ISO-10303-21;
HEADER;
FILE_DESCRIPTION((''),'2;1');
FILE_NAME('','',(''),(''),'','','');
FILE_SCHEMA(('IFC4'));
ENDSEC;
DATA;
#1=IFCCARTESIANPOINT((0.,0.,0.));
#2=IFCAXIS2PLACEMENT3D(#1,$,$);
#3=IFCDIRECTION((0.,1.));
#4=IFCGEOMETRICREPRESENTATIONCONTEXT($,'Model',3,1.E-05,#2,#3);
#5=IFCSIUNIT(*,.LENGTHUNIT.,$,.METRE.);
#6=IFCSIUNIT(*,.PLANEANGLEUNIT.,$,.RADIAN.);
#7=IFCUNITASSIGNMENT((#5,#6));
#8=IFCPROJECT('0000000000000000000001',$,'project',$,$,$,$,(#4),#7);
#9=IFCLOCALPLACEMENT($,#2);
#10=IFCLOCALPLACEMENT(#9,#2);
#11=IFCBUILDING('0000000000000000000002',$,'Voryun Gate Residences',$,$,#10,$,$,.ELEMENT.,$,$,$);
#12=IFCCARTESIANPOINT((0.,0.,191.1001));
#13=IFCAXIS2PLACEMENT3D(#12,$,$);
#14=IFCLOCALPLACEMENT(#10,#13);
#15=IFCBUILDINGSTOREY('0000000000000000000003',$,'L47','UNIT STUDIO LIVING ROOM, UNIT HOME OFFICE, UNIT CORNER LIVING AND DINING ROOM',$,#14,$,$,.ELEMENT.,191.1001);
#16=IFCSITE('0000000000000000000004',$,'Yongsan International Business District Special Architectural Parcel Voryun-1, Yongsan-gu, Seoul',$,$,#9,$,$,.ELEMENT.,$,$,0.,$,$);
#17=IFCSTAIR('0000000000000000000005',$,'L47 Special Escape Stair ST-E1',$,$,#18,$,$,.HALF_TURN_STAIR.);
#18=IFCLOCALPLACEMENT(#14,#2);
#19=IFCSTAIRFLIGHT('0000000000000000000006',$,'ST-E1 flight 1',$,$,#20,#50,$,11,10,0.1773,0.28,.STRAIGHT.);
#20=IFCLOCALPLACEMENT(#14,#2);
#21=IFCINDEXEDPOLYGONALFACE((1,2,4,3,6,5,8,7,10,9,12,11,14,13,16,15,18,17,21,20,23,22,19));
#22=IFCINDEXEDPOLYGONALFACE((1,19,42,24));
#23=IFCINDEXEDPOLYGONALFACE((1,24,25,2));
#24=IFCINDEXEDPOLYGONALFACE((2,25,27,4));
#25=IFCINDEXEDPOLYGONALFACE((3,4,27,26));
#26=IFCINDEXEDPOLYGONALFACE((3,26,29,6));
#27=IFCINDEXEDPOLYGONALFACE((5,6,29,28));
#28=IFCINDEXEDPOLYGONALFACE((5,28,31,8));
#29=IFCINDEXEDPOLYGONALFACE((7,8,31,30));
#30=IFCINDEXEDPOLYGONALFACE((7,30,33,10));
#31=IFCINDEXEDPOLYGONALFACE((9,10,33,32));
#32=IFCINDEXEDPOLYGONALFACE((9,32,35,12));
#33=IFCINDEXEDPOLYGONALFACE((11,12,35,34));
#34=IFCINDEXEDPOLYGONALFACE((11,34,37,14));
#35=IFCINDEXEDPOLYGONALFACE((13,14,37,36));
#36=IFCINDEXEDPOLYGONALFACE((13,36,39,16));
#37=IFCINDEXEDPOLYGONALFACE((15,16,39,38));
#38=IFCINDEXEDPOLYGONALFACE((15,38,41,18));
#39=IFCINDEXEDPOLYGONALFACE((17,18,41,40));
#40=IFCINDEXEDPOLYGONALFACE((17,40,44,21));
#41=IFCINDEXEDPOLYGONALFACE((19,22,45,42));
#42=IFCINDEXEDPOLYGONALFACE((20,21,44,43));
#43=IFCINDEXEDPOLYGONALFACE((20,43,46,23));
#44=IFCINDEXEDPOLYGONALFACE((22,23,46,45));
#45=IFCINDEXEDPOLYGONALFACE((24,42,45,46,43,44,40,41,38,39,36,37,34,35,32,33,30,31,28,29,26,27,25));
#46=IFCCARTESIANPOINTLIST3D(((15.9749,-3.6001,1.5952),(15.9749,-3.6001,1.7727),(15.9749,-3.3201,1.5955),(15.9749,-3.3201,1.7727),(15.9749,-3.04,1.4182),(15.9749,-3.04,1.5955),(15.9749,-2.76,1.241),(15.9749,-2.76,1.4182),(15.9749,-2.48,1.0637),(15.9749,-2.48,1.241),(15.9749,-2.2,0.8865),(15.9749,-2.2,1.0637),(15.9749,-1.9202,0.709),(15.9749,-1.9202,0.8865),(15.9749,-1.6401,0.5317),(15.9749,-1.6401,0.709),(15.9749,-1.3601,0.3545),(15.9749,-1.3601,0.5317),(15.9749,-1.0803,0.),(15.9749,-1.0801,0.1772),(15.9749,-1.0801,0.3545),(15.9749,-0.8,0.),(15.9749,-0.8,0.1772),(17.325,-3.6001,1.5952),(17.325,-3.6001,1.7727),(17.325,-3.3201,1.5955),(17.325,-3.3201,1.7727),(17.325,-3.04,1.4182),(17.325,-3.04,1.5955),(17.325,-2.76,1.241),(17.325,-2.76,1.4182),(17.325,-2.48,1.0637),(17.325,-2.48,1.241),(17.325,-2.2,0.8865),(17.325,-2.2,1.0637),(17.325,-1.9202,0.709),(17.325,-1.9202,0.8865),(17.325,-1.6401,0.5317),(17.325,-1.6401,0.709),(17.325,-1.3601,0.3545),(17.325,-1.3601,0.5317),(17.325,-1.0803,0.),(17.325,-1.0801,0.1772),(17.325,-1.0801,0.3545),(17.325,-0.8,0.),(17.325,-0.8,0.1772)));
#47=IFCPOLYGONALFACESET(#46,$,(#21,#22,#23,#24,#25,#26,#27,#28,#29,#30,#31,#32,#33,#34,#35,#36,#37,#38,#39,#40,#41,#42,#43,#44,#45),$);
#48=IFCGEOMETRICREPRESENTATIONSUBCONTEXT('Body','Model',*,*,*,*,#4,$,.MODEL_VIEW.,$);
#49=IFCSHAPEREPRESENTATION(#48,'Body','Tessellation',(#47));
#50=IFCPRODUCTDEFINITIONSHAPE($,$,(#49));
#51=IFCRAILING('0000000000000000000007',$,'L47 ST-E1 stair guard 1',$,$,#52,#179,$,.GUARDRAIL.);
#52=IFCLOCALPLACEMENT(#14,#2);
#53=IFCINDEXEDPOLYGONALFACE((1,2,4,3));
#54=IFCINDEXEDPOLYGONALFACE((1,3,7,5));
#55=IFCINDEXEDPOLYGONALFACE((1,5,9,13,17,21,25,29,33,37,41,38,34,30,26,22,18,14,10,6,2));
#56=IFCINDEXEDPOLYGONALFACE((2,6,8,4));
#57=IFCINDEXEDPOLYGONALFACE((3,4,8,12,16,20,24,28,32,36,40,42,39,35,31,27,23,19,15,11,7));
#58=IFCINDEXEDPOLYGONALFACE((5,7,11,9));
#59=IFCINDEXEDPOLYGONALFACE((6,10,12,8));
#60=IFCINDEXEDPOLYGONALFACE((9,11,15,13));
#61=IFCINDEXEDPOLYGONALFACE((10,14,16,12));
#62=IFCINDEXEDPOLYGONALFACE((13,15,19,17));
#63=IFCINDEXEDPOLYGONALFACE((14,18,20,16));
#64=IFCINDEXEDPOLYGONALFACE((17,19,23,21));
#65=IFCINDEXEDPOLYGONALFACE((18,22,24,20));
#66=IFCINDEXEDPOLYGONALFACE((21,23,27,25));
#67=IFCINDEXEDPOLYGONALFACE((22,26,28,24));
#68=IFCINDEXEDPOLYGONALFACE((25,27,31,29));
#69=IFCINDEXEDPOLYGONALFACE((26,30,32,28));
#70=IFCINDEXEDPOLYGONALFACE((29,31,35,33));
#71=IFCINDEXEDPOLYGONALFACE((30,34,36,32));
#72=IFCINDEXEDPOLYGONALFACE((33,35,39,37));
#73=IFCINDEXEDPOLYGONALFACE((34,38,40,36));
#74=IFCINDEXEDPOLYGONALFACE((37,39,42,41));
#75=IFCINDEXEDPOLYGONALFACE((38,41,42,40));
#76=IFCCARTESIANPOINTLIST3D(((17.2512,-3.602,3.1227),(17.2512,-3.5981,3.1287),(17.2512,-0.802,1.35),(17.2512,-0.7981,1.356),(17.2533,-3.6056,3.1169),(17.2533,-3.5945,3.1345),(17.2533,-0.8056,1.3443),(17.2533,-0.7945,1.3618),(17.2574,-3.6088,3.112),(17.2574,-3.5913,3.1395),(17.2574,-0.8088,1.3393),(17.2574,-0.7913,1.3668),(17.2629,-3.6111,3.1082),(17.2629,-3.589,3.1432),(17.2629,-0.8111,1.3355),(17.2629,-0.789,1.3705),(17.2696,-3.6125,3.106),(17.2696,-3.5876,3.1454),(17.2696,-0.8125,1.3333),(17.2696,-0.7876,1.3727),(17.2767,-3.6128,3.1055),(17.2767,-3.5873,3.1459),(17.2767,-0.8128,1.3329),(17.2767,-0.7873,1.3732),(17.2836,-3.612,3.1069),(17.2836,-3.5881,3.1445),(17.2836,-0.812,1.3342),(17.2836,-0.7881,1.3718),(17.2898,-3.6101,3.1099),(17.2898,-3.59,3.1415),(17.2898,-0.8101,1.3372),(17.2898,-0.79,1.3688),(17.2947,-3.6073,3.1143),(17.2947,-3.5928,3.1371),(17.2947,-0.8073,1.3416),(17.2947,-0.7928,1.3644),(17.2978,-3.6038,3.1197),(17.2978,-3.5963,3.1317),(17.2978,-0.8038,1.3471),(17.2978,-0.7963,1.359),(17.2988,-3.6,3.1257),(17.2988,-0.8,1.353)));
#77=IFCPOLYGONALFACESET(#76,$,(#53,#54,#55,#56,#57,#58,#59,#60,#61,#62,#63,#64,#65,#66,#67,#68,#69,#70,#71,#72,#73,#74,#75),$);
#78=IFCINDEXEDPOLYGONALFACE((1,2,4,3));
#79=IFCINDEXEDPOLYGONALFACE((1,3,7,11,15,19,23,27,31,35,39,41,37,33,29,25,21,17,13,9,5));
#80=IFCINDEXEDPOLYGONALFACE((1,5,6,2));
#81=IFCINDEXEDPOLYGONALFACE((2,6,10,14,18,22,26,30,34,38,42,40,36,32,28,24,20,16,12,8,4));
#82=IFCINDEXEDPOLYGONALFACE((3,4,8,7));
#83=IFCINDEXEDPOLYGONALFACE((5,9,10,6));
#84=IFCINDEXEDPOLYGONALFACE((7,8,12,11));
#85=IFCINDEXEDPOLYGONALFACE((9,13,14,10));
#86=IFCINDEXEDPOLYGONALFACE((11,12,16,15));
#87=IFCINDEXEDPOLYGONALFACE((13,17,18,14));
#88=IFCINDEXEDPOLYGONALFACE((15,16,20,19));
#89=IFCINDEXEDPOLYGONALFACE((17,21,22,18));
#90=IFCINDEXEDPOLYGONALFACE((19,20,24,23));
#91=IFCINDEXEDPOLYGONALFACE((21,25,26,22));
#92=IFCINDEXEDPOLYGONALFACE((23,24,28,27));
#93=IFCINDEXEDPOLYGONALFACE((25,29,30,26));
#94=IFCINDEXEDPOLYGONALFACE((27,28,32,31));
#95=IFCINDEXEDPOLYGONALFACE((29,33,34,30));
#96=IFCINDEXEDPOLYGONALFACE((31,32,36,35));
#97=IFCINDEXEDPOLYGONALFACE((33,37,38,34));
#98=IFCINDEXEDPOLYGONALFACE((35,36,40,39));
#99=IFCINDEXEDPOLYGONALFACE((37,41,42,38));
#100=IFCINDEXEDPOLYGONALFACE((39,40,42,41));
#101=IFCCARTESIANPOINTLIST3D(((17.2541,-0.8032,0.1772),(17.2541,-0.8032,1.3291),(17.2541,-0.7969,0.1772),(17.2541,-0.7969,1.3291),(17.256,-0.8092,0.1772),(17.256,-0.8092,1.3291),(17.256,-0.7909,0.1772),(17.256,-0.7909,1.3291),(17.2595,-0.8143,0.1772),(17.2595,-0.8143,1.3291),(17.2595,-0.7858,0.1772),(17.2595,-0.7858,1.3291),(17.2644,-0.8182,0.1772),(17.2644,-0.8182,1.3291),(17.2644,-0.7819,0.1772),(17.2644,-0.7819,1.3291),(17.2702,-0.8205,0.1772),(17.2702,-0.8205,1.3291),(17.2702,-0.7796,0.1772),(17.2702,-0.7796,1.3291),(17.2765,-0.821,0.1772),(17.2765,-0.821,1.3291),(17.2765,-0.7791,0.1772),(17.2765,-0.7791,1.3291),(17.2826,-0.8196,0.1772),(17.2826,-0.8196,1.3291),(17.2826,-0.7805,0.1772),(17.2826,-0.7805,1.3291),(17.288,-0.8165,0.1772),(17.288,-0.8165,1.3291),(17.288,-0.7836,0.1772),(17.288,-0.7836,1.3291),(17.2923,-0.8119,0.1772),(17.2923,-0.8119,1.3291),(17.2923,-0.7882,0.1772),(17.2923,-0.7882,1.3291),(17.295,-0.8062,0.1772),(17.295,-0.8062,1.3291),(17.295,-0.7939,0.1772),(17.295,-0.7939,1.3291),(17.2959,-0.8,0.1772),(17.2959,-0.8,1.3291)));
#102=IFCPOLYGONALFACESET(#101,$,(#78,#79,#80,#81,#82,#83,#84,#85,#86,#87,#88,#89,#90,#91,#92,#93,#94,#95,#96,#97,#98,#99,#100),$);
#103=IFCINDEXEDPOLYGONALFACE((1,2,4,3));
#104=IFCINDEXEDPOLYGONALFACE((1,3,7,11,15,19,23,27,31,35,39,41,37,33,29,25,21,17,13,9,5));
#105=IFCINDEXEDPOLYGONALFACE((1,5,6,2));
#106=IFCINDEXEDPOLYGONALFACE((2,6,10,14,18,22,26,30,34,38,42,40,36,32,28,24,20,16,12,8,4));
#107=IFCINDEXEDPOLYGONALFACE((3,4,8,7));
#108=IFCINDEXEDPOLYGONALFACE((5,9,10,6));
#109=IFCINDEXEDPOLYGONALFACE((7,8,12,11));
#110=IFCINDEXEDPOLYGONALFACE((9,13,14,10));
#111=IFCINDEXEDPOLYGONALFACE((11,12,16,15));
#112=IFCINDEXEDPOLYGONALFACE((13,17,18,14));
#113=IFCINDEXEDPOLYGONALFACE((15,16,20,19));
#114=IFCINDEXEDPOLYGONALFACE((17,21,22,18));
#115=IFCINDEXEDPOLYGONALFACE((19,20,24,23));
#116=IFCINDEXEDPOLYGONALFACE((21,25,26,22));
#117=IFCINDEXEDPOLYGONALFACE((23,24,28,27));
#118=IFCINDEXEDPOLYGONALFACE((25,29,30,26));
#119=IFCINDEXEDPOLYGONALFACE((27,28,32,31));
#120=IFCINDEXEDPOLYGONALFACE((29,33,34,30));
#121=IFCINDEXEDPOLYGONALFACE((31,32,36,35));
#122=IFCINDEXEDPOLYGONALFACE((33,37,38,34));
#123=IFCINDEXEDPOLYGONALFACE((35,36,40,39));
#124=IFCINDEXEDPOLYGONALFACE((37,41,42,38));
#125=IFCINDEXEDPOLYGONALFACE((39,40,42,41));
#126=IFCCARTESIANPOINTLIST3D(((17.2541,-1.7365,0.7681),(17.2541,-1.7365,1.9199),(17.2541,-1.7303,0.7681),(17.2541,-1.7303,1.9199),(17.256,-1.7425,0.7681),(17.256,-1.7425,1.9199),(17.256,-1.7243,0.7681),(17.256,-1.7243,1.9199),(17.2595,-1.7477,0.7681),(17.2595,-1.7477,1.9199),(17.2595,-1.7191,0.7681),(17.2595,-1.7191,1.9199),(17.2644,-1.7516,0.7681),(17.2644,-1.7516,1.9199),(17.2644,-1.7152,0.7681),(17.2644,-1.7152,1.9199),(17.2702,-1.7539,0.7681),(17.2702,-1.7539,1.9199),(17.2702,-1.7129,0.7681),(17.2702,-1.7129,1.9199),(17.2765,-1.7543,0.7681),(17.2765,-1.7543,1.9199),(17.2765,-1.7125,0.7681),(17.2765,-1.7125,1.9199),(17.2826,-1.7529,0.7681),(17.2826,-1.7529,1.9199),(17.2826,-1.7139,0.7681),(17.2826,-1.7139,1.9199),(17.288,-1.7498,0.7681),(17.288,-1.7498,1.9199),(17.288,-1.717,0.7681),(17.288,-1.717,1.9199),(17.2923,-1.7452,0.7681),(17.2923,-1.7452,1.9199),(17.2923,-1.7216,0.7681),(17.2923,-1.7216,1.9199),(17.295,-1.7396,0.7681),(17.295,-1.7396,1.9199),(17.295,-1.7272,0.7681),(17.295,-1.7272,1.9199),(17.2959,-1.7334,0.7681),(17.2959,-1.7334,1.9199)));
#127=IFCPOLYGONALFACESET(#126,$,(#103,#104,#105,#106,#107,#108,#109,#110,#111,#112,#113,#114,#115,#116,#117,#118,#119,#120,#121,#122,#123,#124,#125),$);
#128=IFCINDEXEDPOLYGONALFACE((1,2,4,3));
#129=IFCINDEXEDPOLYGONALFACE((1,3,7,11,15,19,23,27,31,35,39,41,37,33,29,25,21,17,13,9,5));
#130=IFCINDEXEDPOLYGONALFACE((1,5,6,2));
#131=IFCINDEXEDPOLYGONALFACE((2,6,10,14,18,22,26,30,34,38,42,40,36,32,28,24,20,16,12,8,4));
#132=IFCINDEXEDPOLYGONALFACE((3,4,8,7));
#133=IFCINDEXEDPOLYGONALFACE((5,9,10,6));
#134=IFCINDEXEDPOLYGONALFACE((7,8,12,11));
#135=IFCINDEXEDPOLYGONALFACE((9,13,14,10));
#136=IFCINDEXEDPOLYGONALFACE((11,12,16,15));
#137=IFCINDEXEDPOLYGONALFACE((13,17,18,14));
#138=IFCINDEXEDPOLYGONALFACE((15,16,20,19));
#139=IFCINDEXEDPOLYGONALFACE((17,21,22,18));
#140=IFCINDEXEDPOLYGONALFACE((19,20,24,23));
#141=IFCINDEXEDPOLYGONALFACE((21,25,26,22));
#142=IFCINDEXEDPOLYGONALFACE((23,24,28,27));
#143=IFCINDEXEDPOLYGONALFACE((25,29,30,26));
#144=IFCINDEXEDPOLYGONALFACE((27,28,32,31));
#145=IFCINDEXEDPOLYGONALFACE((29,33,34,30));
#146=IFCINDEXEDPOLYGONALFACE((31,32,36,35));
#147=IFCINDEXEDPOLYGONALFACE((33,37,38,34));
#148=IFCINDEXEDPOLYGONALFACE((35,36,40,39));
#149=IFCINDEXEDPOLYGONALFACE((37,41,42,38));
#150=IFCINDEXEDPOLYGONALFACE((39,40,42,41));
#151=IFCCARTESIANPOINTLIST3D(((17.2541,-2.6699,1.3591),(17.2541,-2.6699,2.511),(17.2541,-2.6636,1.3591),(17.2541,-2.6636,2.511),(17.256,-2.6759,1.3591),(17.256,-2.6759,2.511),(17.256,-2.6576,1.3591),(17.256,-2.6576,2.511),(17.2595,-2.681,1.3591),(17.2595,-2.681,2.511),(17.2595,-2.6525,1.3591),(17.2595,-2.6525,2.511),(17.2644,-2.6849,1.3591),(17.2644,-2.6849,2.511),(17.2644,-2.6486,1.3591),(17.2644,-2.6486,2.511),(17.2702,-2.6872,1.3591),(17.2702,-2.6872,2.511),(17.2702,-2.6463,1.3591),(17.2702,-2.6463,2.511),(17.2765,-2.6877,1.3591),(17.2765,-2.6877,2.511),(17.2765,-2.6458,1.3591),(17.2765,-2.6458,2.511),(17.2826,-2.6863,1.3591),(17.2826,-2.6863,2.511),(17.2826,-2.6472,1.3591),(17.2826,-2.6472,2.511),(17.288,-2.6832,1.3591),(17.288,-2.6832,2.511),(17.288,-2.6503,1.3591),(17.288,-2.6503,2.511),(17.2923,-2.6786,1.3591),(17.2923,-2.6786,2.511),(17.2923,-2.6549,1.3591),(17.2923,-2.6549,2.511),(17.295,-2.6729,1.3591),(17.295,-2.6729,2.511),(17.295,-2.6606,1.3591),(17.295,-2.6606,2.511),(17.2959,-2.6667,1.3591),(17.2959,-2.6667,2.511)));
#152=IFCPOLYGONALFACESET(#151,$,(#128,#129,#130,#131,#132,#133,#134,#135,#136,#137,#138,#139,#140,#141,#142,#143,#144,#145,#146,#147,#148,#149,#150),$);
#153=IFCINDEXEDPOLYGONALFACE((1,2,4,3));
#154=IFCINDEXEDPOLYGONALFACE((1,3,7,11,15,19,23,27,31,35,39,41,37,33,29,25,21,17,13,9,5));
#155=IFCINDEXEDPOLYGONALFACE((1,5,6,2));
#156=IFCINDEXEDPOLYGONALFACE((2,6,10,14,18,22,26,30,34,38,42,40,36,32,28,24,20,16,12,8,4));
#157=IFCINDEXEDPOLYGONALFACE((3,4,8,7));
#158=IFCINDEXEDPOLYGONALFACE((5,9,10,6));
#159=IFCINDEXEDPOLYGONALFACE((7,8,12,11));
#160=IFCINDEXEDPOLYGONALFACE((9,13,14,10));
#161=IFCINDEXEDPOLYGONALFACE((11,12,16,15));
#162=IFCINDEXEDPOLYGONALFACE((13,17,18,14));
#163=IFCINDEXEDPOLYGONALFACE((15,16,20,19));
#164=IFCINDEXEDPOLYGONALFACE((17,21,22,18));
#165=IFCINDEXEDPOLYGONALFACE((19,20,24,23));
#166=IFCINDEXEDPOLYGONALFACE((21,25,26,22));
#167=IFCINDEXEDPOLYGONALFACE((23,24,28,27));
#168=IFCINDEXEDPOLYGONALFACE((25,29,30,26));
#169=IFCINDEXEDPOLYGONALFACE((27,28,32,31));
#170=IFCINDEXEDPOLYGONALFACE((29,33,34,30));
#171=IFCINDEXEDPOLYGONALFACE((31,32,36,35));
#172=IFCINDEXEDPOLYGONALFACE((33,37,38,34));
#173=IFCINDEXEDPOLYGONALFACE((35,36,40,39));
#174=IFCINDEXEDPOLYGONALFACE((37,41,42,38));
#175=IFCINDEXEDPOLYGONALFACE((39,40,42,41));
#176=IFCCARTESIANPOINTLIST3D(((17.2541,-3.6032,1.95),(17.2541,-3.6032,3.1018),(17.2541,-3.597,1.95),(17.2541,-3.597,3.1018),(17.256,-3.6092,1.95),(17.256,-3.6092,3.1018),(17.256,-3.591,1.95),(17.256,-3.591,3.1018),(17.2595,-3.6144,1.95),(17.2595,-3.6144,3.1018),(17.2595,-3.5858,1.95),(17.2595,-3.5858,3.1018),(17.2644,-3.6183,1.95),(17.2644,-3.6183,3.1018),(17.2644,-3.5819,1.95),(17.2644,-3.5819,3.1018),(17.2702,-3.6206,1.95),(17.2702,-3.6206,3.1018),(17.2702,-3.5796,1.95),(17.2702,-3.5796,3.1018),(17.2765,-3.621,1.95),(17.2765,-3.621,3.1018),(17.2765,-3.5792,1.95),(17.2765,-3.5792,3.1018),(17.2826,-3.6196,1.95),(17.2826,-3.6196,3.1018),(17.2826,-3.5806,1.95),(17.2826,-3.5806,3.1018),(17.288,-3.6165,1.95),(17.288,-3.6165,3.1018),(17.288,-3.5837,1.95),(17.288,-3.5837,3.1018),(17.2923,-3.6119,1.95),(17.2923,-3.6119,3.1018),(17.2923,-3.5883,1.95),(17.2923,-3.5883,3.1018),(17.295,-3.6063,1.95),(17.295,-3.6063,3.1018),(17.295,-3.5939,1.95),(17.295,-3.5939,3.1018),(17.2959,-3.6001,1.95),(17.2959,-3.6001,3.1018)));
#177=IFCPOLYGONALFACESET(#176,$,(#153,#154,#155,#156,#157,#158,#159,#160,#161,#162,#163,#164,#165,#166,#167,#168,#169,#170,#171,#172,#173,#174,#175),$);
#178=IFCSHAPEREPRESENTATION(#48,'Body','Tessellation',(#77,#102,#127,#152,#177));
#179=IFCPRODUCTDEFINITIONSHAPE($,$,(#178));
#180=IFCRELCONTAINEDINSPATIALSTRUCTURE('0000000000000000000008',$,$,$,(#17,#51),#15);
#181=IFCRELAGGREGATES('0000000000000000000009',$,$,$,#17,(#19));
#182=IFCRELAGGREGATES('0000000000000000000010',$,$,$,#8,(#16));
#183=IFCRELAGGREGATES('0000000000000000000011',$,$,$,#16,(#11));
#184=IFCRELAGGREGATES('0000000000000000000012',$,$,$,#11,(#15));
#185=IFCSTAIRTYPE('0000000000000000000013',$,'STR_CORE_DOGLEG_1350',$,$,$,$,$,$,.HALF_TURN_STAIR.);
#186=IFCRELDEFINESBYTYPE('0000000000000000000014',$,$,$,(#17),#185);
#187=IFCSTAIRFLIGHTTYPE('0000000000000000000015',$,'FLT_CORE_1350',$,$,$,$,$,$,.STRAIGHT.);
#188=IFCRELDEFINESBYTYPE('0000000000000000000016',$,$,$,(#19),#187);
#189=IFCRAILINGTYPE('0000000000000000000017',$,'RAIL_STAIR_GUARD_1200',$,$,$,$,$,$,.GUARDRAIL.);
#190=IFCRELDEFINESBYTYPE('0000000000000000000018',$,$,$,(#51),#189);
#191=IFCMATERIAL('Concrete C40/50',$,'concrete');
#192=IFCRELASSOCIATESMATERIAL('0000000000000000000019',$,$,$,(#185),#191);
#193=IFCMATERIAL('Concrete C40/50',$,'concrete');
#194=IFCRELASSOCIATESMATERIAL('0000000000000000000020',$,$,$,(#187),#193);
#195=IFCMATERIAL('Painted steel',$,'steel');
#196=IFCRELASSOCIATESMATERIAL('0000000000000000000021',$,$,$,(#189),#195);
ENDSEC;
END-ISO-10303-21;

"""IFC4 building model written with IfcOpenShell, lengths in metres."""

from ifc_helpers import new_model, si_unit, direction, frame, origin, origin_2d, place, context, subcontext, project, spatial, polyline, circle, outline, extrude, material, type_object, element, aggregate, save


model = new_model("IFC4")

# Units and contexts
model_context = context("Model", 3, precision=1e-05, world=origin(), true_north=direction((0.0, 1.0)))
body_context = subcontext(model_context, "Body", "Model", "MODEL_VIEW")
ifc_project = project(units=[si_unit("LENGTHUNIT", "METRE"), si_unit("PLANEANGLEUNIT", "RADIAN")], contexts=[model_context])

# Site, building, storey
site_placement = place(None, origin())
site = spatial("IfcSite", under=ifc_project, at=site_placement, Name="Yongsan International Business District Special Architectural Parcel Voryun-1, Yongsan-gu, Seoul", CompositionType="ELEMENT", RefElevation=0.0)
building_placement = place(site_placement, origin())
building = spatial("IfcBuilding", under=site, at=building_placement, Name="Voryun Gate Residences", CompositionType="ELEMENT")
storey_placement = place(building_placement, frame((0.0, 0.0, 191.1001)))
storey = spatial("IfcBuildingStorey", under=building, at=storey_placement, Name="L47", Description="UNIT STUDIO LIVING ROOM, UNIT HOME OFFICE, UNIT CORNER LIVING AND DINING ROOM", CompositionType="ELEMENT", Elevation=191.1001)

# Stair, stair flight
ifc_material_1 = material(Name="Concrete C40/50", Category="concrete")
stair_type = type_object("IfcStairType", Name="STR_CORE_DOGLEG_1350", PredefinedType="HALF_TURN_STAIR", material=ifc_material_1)
stair_placement = place(storey_placement, origin())
stair = element("IfcStair", 1, at=stair_placement, inside=storey, type_object=stair_type, Name="L47 Special Escape Stair ST-E1", PredefinedType="HALF_TURN_STAIR")
ifc_material_2 = material(Name="Concrete C40/50", Category="concrete")
stair_flight_type = type_object("IfcStairFlightType", Name="FLT_CORE_1350", PredefinedType="STRAIGHT", material=ifc_material_2)
stair_flight_placement = place(storey_placement, frame((16.6499, -0.8, 0.0), z_axis=(0.0, 0.0, 1.0), x_axis=(0.0, -1.0, 0.0)))
stair_flight = element("IfcStairFlight", 2, at=stair_flight_placement, type_object=stair_flight_type, Name="ST-E1 flight 1", NumberOfRisers=11, NumberOfTreads=10, PredefinedType="STRAIGHT", RiserHeight=0.1773, TreadLength=0.28, context=body_context, shape_type="SweptSolid", body=[
    extrude(outline(polyline([(0.0, 0.0), (0.0, 0.1772), (0.28, 0.1772), (0.28, 0.3545), (0.5601, 0.3545), (0.5601, 0.5317), (0.8401, 0.5317), (0.8401, 0.709), (1.1201, 0.709), (1.1201, 0.8865), (1.3999, 0.8865), (1.3999, 1.0637), (1.6799, 1.0637), (1.6799, 1.241), (1.96, 1.241), (1.96, 1.4182), (2.24, 1.4182), (2.24, 1.5955), (2.52, 1.5955), (2.52, 1.7727), (2.8, 1.7727), (2.8, 1.95), (2.8, 1.5952), (0.2803, 0.0), (0.0, 0.0)])), frame((0.0, 0.675, 0.0), z_axis=(0.0, -1.0, 0.0), x_axis=(1.0, 0.0, 0.0)), (0.0, 0.0, 1.0), 1.3501),
])
aggregate(stair, [stair_flight])

# Railing
ifc_material_3 = material(Name="Painted steel", Category="steel")
railing_type = type_object("IfcRailingType", Name="RAIL_STAIR_GUARD_1200", PredefinedType="GUARDRAIL", material=ifc_material_3)
railing_1_placement = place(storey_placement, frame((17.2749, -0.8, 0.1772)))
element("IfcRailing", 3, at=railing_1_placement, inside=storey, type_object=railing_type, Name="L47 ST-E1 stair guard 1", PredefinedType="GUARDRAIL", context=body_context, shape_type="SweptSolid", body=[
    extrude(circle(Radius=0.0239, at=origin_2d()), frame((0.0, 0.0, 1.1758), z_axis=(0.0, -0.844909, 0.53491), x_axis=(1.0, 0.0, 0.0)), (0.0, 0.0, 1.0), 3.314),
    extrude(circle(Radius=0.021, at=origin_2d()), origin(), (0.0, 0.0, 1.0), 1.1519),
    extrude(circle(Radius=0.021, at=origin_2d()), frame((0.0, -0.9333, 0.5908)), (0.0, 0.0, 1.0), 1.1519),
    extrude(circle(Radius=0.021, at=origin_2d()), frame((0.0, -1.8667, 1.1819)), (0.0, 0.0, 1.0), 1.1519),
    extrude(circle(Radius=0.021, at=origin_2d()), frame((0.0, -2.8, 1.7727)), (0.0, 0.0, 1.0), 1.1519),
])

save(model, "model.ifc")
